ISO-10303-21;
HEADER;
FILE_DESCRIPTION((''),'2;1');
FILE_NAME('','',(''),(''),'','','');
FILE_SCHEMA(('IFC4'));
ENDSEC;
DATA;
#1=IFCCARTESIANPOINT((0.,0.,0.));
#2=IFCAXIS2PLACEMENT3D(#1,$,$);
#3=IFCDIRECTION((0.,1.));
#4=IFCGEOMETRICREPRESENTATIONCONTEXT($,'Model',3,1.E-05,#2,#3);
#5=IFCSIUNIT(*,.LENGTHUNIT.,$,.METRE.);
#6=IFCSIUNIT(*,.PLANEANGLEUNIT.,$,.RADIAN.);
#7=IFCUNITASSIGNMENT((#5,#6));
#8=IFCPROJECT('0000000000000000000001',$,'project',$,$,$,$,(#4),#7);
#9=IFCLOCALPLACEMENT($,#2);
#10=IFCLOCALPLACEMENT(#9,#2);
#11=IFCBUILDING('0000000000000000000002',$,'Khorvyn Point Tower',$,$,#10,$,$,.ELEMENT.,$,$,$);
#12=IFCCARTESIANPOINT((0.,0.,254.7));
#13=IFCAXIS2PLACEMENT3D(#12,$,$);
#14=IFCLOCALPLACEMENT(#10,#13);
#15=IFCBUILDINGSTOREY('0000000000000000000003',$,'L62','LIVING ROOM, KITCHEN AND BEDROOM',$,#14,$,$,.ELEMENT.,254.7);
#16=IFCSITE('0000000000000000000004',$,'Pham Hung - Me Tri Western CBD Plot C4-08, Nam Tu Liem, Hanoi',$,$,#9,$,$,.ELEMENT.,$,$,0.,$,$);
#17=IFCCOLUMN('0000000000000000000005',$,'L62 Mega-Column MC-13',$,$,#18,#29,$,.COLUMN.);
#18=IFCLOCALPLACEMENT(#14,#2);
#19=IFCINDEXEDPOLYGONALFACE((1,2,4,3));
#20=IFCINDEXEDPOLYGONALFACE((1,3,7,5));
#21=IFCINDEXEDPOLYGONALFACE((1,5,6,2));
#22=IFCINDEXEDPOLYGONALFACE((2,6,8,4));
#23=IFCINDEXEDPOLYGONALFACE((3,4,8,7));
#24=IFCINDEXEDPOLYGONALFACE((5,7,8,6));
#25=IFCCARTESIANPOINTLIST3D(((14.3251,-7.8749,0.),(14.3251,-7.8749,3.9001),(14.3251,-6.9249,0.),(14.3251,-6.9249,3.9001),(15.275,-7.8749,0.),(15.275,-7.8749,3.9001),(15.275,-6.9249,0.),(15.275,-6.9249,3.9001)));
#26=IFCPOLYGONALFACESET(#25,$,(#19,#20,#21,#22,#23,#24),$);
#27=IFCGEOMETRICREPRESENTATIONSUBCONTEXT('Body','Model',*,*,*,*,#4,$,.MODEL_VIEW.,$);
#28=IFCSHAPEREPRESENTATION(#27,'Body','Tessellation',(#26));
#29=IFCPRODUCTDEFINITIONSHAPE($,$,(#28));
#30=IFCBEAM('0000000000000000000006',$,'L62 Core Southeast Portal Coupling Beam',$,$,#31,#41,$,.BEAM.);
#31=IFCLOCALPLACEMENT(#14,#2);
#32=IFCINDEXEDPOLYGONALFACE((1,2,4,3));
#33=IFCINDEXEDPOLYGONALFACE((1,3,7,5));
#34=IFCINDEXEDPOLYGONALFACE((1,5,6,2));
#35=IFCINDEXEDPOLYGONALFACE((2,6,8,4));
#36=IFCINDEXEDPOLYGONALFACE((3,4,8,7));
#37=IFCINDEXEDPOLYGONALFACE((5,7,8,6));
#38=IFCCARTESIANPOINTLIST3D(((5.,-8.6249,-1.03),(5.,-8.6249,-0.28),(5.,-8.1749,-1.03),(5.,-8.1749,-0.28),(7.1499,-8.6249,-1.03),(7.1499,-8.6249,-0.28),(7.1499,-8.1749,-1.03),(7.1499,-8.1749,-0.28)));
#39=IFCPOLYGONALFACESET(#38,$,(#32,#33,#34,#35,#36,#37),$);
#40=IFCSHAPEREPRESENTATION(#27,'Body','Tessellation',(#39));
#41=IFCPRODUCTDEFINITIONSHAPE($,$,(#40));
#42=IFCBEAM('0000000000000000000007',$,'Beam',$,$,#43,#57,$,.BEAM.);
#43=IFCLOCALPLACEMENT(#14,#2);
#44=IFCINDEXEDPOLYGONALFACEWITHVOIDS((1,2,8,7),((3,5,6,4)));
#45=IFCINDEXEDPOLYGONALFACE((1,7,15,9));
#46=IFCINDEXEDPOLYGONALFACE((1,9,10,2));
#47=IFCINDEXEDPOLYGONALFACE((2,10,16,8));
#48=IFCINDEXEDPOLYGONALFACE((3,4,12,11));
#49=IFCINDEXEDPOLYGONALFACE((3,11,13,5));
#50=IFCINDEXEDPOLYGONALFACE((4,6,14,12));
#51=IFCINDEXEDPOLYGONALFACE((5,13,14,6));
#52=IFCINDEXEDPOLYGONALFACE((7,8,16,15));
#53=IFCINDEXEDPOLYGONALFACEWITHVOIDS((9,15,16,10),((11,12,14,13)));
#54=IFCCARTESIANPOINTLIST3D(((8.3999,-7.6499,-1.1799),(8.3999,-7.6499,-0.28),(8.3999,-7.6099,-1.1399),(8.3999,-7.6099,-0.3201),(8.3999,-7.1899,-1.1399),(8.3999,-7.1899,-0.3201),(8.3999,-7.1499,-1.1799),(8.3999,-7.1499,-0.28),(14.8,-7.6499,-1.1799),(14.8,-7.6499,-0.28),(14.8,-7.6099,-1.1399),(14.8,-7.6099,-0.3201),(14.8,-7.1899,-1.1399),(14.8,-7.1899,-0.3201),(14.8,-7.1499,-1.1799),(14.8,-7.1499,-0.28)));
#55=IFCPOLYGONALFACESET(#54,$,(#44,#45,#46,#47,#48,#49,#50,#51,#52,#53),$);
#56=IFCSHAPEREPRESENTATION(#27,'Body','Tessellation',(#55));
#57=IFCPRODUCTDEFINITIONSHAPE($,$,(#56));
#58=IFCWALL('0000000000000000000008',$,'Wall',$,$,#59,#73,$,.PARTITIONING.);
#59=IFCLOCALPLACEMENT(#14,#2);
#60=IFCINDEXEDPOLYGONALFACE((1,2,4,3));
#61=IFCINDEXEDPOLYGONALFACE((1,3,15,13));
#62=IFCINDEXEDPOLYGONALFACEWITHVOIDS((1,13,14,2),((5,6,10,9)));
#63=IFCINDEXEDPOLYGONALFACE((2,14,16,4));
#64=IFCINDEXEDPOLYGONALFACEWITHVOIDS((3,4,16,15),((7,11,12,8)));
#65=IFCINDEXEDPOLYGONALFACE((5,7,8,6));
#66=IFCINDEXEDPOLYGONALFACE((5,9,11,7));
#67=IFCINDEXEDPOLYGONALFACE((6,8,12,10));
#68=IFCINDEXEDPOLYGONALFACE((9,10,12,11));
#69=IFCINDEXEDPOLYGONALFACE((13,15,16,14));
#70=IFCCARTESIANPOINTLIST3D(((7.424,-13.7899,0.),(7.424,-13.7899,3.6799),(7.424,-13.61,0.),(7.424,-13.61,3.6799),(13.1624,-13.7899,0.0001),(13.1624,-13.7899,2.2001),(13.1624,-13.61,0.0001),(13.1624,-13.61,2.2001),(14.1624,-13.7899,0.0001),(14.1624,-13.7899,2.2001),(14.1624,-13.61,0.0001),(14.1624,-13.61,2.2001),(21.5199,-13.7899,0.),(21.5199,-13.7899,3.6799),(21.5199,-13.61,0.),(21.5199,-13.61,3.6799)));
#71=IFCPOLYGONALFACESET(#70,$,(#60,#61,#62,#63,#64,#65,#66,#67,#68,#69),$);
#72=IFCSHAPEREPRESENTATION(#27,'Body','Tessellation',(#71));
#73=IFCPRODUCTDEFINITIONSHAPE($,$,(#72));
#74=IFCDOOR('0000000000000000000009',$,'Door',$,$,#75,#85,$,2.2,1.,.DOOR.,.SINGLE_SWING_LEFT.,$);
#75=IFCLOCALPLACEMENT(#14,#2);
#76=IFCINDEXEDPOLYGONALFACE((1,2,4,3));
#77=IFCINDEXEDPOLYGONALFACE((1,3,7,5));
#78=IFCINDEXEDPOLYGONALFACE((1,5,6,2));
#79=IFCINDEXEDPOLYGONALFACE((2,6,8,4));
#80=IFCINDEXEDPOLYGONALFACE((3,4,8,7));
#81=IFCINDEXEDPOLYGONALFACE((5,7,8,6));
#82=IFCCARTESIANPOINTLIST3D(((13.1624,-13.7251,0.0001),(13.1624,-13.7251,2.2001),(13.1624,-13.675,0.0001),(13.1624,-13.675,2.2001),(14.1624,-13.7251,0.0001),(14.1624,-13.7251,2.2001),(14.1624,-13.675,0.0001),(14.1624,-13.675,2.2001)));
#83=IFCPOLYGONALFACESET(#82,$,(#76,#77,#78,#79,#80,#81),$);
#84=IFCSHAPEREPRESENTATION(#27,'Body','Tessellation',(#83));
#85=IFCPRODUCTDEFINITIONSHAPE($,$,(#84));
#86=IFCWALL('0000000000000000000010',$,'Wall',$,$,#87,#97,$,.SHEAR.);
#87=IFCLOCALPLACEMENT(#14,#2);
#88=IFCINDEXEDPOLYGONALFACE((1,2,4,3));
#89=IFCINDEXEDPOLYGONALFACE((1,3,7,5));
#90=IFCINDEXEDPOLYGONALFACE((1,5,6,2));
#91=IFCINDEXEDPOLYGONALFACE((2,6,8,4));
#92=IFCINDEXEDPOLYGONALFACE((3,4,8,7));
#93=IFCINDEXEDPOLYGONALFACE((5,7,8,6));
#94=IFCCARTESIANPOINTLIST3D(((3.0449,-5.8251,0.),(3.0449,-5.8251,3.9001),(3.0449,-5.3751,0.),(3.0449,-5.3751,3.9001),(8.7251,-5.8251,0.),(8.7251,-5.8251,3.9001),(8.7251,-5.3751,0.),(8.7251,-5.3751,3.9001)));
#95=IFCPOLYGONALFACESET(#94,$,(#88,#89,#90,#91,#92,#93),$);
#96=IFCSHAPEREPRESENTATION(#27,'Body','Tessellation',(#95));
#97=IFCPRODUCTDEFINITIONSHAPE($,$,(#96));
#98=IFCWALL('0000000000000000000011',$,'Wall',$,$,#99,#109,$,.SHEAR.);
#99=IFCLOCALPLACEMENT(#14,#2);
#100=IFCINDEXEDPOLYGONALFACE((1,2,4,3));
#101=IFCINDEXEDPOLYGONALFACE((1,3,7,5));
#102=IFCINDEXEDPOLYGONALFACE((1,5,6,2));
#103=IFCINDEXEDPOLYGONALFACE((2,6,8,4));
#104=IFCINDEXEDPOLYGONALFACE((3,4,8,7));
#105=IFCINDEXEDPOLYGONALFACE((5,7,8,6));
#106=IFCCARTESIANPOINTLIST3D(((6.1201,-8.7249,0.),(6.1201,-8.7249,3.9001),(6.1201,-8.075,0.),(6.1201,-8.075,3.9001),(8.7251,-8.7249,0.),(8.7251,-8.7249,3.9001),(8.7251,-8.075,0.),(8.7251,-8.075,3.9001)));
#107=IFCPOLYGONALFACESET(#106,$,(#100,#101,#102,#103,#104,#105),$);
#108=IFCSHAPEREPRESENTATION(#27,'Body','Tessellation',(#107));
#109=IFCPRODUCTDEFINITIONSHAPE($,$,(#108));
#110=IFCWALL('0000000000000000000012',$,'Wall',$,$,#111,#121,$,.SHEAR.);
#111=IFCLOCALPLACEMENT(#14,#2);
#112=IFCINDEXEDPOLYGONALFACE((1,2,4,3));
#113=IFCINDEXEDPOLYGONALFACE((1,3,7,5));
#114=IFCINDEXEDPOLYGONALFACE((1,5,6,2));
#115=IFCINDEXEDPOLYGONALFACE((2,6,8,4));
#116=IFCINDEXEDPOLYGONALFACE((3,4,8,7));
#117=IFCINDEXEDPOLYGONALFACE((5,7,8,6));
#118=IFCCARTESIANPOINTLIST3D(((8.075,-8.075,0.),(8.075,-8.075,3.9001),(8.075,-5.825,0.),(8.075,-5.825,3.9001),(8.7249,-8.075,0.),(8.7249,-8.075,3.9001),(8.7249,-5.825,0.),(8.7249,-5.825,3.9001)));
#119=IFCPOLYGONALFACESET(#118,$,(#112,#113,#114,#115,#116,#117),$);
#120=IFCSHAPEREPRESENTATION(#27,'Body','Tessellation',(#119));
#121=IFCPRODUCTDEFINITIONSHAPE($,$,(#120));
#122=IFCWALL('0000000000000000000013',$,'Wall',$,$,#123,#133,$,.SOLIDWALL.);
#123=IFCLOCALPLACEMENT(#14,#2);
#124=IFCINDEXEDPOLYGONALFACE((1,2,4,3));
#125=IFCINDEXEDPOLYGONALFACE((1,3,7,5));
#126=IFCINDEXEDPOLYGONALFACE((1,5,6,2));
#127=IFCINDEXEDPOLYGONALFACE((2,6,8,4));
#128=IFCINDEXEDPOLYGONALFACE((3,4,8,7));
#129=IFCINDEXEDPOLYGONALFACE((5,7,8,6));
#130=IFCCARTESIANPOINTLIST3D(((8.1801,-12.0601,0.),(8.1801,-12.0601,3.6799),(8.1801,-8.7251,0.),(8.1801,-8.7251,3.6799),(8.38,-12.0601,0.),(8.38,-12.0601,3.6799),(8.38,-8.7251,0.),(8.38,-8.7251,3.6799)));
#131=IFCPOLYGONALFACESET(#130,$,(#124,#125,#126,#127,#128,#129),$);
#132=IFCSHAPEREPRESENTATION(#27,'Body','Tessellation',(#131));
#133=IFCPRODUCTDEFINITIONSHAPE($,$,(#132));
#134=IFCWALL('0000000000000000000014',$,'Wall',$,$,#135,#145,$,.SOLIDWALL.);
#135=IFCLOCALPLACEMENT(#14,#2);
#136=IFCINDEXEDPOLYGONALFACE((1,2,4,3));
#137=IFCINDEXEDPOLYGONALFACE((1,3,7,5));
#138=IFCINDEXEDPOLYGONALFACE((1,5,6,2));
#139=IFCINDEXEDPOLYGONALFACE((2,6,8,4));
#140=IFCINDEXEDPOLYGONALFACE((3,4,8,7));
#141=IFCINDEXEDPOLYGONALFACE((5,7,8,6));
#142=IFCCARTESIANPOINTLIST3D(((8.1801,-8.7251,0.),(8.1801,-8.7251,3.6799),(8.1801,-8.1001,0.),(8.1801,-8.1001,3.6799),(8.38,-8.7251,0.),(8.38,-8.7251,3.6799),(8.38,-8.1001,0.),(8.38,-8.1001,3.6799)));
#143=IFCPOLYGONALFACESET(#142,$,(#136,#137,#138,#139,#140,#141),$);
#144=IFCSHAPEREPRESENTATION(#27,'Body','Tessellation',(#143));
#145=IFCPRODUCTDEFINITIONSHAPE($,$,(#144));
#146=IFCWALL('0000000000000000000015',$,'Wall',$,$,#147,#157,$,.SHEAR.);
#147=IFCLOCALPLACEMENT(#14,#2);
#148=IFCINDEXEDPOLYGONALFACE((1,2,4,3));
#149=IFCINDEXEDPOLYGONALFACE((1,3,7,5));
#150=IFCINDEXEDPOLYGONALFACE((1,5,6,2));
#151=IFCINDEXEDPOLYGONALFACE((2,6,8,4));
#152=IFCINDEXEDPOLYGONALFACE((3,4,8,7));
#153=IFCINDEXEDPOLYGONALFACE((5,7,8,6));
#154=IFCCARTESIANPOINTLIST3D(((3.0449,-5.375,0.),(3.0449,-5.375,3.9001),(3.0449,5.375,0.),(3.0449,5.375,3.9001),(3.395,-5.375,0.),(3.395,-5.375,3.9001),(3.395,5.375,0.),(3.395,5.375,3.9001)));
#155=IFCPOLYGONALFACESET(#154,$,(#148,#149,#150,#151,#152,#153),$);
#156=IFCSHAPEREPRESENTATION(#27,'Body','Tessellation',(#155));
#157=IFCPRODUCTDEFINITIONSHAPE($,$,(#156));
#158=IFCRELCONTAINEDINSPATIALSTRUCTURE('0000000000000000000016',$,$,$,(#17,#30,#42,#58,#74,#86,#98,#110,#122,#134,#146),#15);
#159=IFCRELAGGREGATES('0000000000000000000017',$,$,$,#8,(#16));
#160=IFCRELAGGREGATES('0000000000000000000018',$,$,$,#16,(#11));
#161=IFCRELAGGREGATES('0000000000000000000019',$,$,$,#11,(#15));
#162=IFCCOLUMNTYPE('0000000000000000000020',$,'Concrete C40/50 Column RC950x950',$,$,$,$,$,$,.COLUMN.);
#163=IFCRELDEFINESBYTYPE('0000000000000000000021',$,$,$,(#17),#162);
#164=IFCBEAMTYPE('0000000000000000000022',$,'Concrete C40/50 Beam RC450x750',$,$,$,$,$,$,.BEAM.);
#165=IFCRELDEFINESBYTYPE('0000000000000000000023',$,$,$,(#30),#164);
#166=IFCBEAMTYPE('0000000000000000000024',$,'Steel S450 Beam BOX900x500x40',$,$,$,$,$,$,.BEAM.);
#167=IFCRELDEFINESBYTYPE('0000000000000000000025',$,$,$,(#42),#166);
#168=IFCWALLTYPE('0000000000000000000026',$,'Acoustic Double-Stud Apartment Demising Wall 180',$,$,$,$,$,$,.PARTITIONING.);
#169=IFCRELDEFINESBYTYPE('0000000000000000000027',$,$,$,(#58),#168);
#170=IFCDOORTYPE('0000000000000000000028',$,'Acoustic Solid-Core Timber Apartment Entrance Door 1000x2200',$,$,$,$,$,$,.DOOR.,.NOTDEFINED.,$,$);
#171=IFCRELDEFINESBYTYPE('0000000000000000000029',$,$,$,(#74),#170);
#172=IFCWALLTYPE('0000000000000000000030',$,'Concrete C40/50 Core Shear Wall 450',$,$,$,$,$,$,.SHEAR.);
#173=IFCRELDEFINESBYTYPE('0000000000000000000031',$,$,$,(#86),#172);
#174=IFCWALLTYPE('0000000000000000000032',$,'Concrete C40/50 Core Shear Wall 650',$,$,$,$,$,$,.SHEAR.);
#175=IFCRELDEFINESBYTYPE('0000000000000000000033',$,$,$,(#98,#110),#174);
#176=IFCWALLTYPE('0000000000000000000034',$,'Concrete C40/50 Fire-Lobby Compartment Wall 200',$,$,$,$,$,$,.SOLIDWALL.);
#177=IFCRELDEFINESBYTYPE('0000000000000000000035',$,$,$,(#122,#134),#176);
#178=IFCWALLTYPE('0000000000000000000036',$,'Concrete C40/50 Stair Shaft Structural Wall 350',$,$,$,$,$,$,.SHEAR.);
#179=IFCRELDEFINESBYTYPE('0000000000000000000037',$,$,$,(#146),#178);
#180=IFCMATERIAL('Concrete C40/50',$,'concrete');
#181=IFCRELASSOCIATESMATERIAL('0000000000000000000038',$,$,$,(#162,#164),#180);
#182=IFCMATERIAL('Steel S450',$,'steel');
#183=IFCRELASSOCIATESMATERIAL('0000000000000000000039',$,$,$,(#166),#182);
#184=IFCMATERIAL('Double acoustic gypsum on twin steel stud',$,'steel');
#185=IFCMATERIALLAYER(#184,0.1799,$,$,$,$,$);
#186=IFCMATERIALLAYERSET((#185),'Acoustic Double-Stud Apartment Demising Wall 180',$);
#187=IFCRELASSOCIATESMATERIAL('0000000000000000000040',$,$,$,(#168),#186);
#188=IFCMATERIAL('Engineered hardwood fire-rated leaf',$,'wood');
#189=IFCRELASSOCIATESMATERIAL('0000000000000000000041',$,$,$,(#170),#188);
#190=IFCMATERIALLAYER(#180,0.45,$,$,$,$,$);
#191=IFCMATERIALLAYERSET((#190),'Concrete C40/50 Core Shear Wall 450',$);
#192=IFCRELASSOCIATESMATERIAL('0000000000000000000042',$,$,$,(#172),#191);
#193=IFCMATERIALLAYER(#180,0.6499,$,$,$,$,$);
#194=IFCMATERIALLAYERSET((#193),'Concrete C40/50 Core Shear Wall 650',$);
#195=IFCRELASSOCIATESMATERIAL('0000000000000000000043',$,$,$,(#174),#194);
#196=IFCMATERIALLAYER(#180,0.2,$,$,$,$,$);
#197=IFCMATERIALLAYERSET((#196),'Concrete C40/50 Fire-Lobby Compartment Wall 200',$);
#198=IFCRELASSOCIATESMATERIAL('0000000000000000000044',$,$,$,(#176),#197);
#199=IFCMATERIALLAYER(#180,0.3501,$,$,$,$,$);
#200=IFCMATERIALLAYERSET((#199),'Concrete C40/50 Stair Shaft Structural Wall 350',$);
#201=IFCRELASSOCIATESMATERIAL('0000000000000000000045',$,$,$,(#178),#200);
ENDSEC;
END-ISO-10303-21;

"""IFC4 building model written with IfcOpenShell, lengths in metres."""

from ifc_helpers import new_model, si_unit, direction, frame, frame_2d, origin, origin_2d, place, context, subcontext, project, spatial, rectangle, hollow_rectangle, extrude, material, layer, layer_set, material_profile, profile_set, type_object, element, fill, save


model = new_model("IFC4")

# Units and contexts
model_context = context("Model", 3, precision=1e-05, world=origin(), true_north=direction((0.0, 1.0)))
body_context = subcontext(model_context, "Body", "Model", "MODEL_VIEW")
ifc_project = project(units=[si_unit("LENGTHUNIT", "METRE"), si_unit("PLANEANGLEUNIT", "RADIAN")], contexts=[model_context])

# Site, building, storey
site_placement = place(None, origin())
site = spatial("IfcSite", under=ifc_project, at=site_placement, Name="Pham Hung - Me Tri Western CBD Plot C4-08, Nam Tu Liem, Hanoi", CompositionType="ELEMENT", RefElevation=0.0)
building_placement = place(site_placement, origin())
building = spatial("IfcBuilding", under=site, at=building_placement, Name="Khorvyn Point Tower", CompositionType="ELEMENT")
storey_placement = place(building_placement, frame((0.0, 0.0, 254.7)))
storey = spatial("IfcBuildingStorey", under=building, at=storey_placement, Name="L62", Description="LIVING ROOM, KITCHEN AND BEDROOM", CompositionType="ELEMENT", Elevation=254.7)

# Column
ifc_material_1 = material(Name="Concrete C40/50", Category="concrete")
ifc_material_profile_1 = material_profile(ifc_material_1, rectangle(XDim=0.95, YDim=0.95, at=origin_2d()))
ifc_profile_set_1 = profile_set([ifc_material_profile_1], Name="Concrete C40/50 RC950x950")
column_type = type_object("IfcColumnType", Name="Concrete C40/50 Column RC950x950", PredefinedType="COLUMN", material=ifc_profile_set_1)
column_placement = place(storey_placement, frame((14.8, -7.3999, 0.0), z_axis=(0.0, 0.0, 1.0), x_axis=(1.0, 0.0, 0.0)))
element("IfcColumn", 1, at=column_placement, inside=storey, type_object=column_type, Name="L62 Mega-Column MC-13", PredefinedType="COLUMN", context=body_context, shape_type="SweptSolid", body=[
    extrude(rectangle(XDim=0.95, YDim=0.95, at=origin_2d()), origin(), (0.0, 0.0, 1.0), 3.9001),
])

# Beams
ifc_material_profile_2 = material_profile(ifc_material_1, rectangle(XDim=0.45, YDim=0.75, at=origin_2d()))
ifc_profile_set_2 = profile_set([ifc_material_profile_2], Name="Concrete C40/50 RC450x750")
beam_type_1 = type_object("IfcBeamType", Name="Concrete C40/50 Beam RC450x750", PredefinedType="BEAM", material=ifc_profile_set_2)
beam_1_placement = place(storey_placement, frame((5.0, -8.3999, -0.655), z_axis=(1.0, 0.0, 0.0), x_axis=(0.0, 1.0, 0.0)))
element("IfcBeam", 2, at=beam_1_placement, inside=storey, type_object=beam_type_1, Name="L62 Core Southeast Portal Coupling Beam", PredefinedType="BEAM", context=body_context, shape_type="SweptSolid", body=[
    extrude(rectangle(XDim=0.45, YDim=0.75, at=origin_2d()), origin(), (0.0, 0.0, 1.0), 2.1499),
])
ifc_material_2 = material(Name="Steel S450", Category="steel")
ifc_material_profile_3 = material_profile(ifc_material_2, hollow_rectangle(XDim=0.5, YDim=0.8999, WallThickness=0.04, at=origin_2d()))
ifc_profile_set_3 = profile_set([ifc_material_profile_3], Name="Steel S450 BOX900x500x40")
beam_type_2 = type_object("IfcBeamType", Name="Steel S450 Beam BOX900x500x40", PredefinedType="BEAM", material=ifc_profile_set_3)
beam_2_placement = place(storey_placement, frame((8.3999, -7.3999, -0.73), z_axis=(1.0, 0.0, 0.0), x_axis=(0.0, 1.0, 0.0)))
element("IfcBeam", 3, at=beam_2_placement, inside=storey, type_object=beam_type_2, Name="Beam", PredefinedType="BEAM", context=body_context, shape_type="SweptSolid", body=[
    extrude(hollow_rectangle(XDim=0.5, YDim=0.8999, WallThickness=0.04, at=origin_2d()), origin(), (0.0, 0.0, 1.0), 6.4001),
])

# Wall, opening, door
ifc_material_3 = material(Name="Double acoustic gypsum on twin steel stud", Category="steel")
ifc_layer_1 = layer(ifc_material_3, 0.1799)
ifc_layer_set_1 = layer_set([ifc_layer_1], Name="Acoustic Double-Stud Apartment Demising Wall 180")
wall_type_1 = type_object("IfcWallType", Name="Acoustic Double-Stud Apartment Demising Wall 180", PredefinedType="PARTITIONING", material=ifc_layer_set_1)
wall_1_placement = place(storey_placement, frame((7.4241, -13.7, 0.0), z_axis=(0.0, 0.0, 1.0), x_axis=(1.0, 0.0, 0.0)))
wall_1 = element("IfcWall", 4, at=wall_1_placement, inside=storey, type_object=wall_type_1, Name="Wall", PredefinedType="PARTITIONING", context=body_context, shape_type="SweptSolid", body=[
    extrude(rectangle(XDim=14.0959, YDim=0.1799, at=frame_2d((7.0479, 0.0))), origin(), (0.0, 0.0, 1.0), 3.6799),
])
opening_1_placement = place(wall_1_placement, frame((5.7383, 0.0, 0.0)))
opening_1 = element("IfcOpeningElement", 5, at=opening_1_placement, cuts=wall_1, PredefinedType="OPENING", context=body_context, shape_type="SweptSolid", body=[
    extrude(rectangle(XDim=1.0, YDim=2.2, at=frame_2d((0.5, 1.1001))), frame((0.0, 0.0999, 0.0), z_axis=(0.0, -1.0, 0.0), x_axis=(1.0, 0.0, 0.0)), (0.0, 0.0, 1.0), 0.2),
])
ifc_material_4 = material(Name="Engineered hardwood fire-rated leaf", Category="wood")
door_type_1 = type_object("IfcDoorType", Name="Acoustic Solid-Core Timber Apartment Entrance Door 1000x2200", OperationType="NOTDEFINED", PredefinedType="DOOR", material=ifc_material_4)
door_1_placement = place(opening_1_placement, origin())
door_1 = element("IfcDoor", 6, at=door_1_placement, inside=storey, type_object=door_type_1, Name="Door", OperationType="SINGLE_SWING_LEFT", OverallHeight=2.2, OverallWidth=1.0, PredefinedType="DOOR", context=body_context, shape_type="SweptSolid", body=[
    extrude(rectangle(XDim=1.0, YDim=2.2, at=frame_2d((0.5, 1.1001))), frame((0.0, 0.0249, 0.0), z_axis=(0.0, -1.0, 0.0), x_axis=(1.0, 0.0, 0.0)), (0.0, 0.0, 1.0), 0.05),
])
fill(opening_1, door_1)

# Walls
ifc_layer_2 = layer(ifc_material_1, 0.45)
ifc_layer_set_2 = layer_set([ifc_layer_2], Name="Concrete C40/50 Core Shear Wall 450")
wall_type_2 = type_object("IfcWallType", Name="Concrete C40/50 Core Shear Wall 450", PredefinedType="SHEAR", material=ifc_layer_set_2)
wall_2_placement = place(storey_placement, frame((3.0449, -5.6001, 0.0), z_axis=(0.0, 0.0, 1.0), x_axis=(1.0, 0.0, 0.0)))
element("IfcWall", 7, at=wall_2_placement, inside=storey, type_object=wall_type_2, Name="Wall", PredefinedType="SHEAR", context=body_context, shape_type="SweptSolid", body=[
    extrude(rectangle(XDim=5.6802, YDim=0.45, at=frame_2d((2.8401, 0.0))), origin(), (0.0, 0.0, 1.0), 3.9001),
])
ifc_layer_3 = layer(ifc_material_1, 0.6499)
ifc_layer_set_3 = layer_set([ifc_layer_3], Name="Concrete C40/50 Core Shear Wall 650")
wall_type_3 = type_object("IfcWallType", Name="Concrete C40/50 Core Shear Wall 650", PredefinedType="SHEAR", material=ifc_layer_set_3)
wall_3_placement = place(storey_placement, frame((6.1201, -8.3999, 0.0), z_axis=(0.0, 0.0, 1.0), x_axis=(1.0, 0.0, 0.0)))
element("IfcWall", 8, at=wall_3_placement, inside=storey, type_object=wall_type_3, Name="Wall", PredefinedType="SHEAR", context=body_context, shape_type="SweptSolid", body=[
    extrude(rectangle(XDim=2.605, YDim=0.6499, at=frame_2d((1.3025, 0.0))), origin(), (0.0, 0.0, 1.0), 3.9001),
])
wall_4_placement = place(storey_placement, frame((8.3999, -8.075, 0.0), z_axis=(0.0, 0.0, 1.0), x_axis=(0.0, 1.0, 0.0)))
element("IfcWall", 9, at=wall_4_placement, inside=storey, type_object=wall_type_3, Name="Wall", PredefinedType="SHEAR", context=body_context, shape_type="SweptSolid", body=[
    extrude(rectangle(XDim=2.25, YDim=0.6499, at=frame_2d((1.125, 0.0))), origin(), (0.0, 0.0, 1.0), 3.9001),
])

# Shared definitions
ifc_layer_4 = layer(ifc_material_1, 0.2)
ifc_layer_set_4 = layer_set([ifc_layer_4], Name="Concrete C40/50 Fire-Lobby Compartment Wall 200")
wall_type_4 = type_object("IfcWallType", Name="Concrete C40/50 Fire-Lobby Compartment Wall 200", PredefinedType="SOLIDWALL", material=ifc_layer_set_4)

# Walls
wall_5_placement = place(storey_placement, frame((8.28, -12.0601, 0.0), z_axis=(0.0, 0.0, 1.0), x_axis=(0.0, 1.0, 0.0)))
element("IfcWall", 10, at=wall_5_placement, inside=storey, type_object=wall_type_4, Name="Wall", PredefinedType="SOLIDWALL", context=body_context, shape_type="SweptSolid", body=[
    extrude(rectangle(XDim=3.335, YDim=0.2, at=frame_2d((1.6675, 0.0))), origin(), (0.0, 0.0, 1.0), 3.6799),
])
wall_6_placement = place(storey_placement, frame((8.28, -8.7251, 0.0), z_axis=(0.0, 0.0, 1.0), x_axis=(0.0, 1.0, 0.0)))
element("IfcWall", 11, at=wall_6_placement, inside=storey, type_object=wall_type_4, Name="Wall", PredefinedType="SOLIDWALL", context=body_context, shape_type="SweptSolid", body=[
    extrude(rectangle(XDim=0.625, YDim=0.2, at=frame_2d((0.3125, 0.0))), origin(), (0.0, 0.0, 1.0), 3.6799),
])
ifc_layer_5 = layer(ifc_material_1, 0.3501)
ifc_layer_set_5 = layer_set([ifc_layer_5], Name="Concrete C40/50 Stair Shaft Structural Wall 350")
wall_type_5 = type_object("IfcWallType", Name="Concrete C40/50 Stair Shaft Structural Wall 350", PredefinedType="SHEAR", material=ifc_layer_set_5)
wall_7_placement = place(storey_placement, frame((3.22, -5.375, 0.0), z_axis=(0.0, 0.0, 1.0), x_axis=(0.0, 1.0, 0.0)))
element("IfcWall", 12, at=wall_7_placement, inside=storey, type_object=wall_type_5, Name="Wall", PredefinedType="SHEAR", context=body_context, shape_type="SweptSolid", body=[
    extrude(rectangle(XDim=10.75, YDim=0.3501, at=frame_2d((5.375, 0.0))), origin(), (0.0, 0.0, 1.0), 3.9001),
])

save(model, "model.ifc")
